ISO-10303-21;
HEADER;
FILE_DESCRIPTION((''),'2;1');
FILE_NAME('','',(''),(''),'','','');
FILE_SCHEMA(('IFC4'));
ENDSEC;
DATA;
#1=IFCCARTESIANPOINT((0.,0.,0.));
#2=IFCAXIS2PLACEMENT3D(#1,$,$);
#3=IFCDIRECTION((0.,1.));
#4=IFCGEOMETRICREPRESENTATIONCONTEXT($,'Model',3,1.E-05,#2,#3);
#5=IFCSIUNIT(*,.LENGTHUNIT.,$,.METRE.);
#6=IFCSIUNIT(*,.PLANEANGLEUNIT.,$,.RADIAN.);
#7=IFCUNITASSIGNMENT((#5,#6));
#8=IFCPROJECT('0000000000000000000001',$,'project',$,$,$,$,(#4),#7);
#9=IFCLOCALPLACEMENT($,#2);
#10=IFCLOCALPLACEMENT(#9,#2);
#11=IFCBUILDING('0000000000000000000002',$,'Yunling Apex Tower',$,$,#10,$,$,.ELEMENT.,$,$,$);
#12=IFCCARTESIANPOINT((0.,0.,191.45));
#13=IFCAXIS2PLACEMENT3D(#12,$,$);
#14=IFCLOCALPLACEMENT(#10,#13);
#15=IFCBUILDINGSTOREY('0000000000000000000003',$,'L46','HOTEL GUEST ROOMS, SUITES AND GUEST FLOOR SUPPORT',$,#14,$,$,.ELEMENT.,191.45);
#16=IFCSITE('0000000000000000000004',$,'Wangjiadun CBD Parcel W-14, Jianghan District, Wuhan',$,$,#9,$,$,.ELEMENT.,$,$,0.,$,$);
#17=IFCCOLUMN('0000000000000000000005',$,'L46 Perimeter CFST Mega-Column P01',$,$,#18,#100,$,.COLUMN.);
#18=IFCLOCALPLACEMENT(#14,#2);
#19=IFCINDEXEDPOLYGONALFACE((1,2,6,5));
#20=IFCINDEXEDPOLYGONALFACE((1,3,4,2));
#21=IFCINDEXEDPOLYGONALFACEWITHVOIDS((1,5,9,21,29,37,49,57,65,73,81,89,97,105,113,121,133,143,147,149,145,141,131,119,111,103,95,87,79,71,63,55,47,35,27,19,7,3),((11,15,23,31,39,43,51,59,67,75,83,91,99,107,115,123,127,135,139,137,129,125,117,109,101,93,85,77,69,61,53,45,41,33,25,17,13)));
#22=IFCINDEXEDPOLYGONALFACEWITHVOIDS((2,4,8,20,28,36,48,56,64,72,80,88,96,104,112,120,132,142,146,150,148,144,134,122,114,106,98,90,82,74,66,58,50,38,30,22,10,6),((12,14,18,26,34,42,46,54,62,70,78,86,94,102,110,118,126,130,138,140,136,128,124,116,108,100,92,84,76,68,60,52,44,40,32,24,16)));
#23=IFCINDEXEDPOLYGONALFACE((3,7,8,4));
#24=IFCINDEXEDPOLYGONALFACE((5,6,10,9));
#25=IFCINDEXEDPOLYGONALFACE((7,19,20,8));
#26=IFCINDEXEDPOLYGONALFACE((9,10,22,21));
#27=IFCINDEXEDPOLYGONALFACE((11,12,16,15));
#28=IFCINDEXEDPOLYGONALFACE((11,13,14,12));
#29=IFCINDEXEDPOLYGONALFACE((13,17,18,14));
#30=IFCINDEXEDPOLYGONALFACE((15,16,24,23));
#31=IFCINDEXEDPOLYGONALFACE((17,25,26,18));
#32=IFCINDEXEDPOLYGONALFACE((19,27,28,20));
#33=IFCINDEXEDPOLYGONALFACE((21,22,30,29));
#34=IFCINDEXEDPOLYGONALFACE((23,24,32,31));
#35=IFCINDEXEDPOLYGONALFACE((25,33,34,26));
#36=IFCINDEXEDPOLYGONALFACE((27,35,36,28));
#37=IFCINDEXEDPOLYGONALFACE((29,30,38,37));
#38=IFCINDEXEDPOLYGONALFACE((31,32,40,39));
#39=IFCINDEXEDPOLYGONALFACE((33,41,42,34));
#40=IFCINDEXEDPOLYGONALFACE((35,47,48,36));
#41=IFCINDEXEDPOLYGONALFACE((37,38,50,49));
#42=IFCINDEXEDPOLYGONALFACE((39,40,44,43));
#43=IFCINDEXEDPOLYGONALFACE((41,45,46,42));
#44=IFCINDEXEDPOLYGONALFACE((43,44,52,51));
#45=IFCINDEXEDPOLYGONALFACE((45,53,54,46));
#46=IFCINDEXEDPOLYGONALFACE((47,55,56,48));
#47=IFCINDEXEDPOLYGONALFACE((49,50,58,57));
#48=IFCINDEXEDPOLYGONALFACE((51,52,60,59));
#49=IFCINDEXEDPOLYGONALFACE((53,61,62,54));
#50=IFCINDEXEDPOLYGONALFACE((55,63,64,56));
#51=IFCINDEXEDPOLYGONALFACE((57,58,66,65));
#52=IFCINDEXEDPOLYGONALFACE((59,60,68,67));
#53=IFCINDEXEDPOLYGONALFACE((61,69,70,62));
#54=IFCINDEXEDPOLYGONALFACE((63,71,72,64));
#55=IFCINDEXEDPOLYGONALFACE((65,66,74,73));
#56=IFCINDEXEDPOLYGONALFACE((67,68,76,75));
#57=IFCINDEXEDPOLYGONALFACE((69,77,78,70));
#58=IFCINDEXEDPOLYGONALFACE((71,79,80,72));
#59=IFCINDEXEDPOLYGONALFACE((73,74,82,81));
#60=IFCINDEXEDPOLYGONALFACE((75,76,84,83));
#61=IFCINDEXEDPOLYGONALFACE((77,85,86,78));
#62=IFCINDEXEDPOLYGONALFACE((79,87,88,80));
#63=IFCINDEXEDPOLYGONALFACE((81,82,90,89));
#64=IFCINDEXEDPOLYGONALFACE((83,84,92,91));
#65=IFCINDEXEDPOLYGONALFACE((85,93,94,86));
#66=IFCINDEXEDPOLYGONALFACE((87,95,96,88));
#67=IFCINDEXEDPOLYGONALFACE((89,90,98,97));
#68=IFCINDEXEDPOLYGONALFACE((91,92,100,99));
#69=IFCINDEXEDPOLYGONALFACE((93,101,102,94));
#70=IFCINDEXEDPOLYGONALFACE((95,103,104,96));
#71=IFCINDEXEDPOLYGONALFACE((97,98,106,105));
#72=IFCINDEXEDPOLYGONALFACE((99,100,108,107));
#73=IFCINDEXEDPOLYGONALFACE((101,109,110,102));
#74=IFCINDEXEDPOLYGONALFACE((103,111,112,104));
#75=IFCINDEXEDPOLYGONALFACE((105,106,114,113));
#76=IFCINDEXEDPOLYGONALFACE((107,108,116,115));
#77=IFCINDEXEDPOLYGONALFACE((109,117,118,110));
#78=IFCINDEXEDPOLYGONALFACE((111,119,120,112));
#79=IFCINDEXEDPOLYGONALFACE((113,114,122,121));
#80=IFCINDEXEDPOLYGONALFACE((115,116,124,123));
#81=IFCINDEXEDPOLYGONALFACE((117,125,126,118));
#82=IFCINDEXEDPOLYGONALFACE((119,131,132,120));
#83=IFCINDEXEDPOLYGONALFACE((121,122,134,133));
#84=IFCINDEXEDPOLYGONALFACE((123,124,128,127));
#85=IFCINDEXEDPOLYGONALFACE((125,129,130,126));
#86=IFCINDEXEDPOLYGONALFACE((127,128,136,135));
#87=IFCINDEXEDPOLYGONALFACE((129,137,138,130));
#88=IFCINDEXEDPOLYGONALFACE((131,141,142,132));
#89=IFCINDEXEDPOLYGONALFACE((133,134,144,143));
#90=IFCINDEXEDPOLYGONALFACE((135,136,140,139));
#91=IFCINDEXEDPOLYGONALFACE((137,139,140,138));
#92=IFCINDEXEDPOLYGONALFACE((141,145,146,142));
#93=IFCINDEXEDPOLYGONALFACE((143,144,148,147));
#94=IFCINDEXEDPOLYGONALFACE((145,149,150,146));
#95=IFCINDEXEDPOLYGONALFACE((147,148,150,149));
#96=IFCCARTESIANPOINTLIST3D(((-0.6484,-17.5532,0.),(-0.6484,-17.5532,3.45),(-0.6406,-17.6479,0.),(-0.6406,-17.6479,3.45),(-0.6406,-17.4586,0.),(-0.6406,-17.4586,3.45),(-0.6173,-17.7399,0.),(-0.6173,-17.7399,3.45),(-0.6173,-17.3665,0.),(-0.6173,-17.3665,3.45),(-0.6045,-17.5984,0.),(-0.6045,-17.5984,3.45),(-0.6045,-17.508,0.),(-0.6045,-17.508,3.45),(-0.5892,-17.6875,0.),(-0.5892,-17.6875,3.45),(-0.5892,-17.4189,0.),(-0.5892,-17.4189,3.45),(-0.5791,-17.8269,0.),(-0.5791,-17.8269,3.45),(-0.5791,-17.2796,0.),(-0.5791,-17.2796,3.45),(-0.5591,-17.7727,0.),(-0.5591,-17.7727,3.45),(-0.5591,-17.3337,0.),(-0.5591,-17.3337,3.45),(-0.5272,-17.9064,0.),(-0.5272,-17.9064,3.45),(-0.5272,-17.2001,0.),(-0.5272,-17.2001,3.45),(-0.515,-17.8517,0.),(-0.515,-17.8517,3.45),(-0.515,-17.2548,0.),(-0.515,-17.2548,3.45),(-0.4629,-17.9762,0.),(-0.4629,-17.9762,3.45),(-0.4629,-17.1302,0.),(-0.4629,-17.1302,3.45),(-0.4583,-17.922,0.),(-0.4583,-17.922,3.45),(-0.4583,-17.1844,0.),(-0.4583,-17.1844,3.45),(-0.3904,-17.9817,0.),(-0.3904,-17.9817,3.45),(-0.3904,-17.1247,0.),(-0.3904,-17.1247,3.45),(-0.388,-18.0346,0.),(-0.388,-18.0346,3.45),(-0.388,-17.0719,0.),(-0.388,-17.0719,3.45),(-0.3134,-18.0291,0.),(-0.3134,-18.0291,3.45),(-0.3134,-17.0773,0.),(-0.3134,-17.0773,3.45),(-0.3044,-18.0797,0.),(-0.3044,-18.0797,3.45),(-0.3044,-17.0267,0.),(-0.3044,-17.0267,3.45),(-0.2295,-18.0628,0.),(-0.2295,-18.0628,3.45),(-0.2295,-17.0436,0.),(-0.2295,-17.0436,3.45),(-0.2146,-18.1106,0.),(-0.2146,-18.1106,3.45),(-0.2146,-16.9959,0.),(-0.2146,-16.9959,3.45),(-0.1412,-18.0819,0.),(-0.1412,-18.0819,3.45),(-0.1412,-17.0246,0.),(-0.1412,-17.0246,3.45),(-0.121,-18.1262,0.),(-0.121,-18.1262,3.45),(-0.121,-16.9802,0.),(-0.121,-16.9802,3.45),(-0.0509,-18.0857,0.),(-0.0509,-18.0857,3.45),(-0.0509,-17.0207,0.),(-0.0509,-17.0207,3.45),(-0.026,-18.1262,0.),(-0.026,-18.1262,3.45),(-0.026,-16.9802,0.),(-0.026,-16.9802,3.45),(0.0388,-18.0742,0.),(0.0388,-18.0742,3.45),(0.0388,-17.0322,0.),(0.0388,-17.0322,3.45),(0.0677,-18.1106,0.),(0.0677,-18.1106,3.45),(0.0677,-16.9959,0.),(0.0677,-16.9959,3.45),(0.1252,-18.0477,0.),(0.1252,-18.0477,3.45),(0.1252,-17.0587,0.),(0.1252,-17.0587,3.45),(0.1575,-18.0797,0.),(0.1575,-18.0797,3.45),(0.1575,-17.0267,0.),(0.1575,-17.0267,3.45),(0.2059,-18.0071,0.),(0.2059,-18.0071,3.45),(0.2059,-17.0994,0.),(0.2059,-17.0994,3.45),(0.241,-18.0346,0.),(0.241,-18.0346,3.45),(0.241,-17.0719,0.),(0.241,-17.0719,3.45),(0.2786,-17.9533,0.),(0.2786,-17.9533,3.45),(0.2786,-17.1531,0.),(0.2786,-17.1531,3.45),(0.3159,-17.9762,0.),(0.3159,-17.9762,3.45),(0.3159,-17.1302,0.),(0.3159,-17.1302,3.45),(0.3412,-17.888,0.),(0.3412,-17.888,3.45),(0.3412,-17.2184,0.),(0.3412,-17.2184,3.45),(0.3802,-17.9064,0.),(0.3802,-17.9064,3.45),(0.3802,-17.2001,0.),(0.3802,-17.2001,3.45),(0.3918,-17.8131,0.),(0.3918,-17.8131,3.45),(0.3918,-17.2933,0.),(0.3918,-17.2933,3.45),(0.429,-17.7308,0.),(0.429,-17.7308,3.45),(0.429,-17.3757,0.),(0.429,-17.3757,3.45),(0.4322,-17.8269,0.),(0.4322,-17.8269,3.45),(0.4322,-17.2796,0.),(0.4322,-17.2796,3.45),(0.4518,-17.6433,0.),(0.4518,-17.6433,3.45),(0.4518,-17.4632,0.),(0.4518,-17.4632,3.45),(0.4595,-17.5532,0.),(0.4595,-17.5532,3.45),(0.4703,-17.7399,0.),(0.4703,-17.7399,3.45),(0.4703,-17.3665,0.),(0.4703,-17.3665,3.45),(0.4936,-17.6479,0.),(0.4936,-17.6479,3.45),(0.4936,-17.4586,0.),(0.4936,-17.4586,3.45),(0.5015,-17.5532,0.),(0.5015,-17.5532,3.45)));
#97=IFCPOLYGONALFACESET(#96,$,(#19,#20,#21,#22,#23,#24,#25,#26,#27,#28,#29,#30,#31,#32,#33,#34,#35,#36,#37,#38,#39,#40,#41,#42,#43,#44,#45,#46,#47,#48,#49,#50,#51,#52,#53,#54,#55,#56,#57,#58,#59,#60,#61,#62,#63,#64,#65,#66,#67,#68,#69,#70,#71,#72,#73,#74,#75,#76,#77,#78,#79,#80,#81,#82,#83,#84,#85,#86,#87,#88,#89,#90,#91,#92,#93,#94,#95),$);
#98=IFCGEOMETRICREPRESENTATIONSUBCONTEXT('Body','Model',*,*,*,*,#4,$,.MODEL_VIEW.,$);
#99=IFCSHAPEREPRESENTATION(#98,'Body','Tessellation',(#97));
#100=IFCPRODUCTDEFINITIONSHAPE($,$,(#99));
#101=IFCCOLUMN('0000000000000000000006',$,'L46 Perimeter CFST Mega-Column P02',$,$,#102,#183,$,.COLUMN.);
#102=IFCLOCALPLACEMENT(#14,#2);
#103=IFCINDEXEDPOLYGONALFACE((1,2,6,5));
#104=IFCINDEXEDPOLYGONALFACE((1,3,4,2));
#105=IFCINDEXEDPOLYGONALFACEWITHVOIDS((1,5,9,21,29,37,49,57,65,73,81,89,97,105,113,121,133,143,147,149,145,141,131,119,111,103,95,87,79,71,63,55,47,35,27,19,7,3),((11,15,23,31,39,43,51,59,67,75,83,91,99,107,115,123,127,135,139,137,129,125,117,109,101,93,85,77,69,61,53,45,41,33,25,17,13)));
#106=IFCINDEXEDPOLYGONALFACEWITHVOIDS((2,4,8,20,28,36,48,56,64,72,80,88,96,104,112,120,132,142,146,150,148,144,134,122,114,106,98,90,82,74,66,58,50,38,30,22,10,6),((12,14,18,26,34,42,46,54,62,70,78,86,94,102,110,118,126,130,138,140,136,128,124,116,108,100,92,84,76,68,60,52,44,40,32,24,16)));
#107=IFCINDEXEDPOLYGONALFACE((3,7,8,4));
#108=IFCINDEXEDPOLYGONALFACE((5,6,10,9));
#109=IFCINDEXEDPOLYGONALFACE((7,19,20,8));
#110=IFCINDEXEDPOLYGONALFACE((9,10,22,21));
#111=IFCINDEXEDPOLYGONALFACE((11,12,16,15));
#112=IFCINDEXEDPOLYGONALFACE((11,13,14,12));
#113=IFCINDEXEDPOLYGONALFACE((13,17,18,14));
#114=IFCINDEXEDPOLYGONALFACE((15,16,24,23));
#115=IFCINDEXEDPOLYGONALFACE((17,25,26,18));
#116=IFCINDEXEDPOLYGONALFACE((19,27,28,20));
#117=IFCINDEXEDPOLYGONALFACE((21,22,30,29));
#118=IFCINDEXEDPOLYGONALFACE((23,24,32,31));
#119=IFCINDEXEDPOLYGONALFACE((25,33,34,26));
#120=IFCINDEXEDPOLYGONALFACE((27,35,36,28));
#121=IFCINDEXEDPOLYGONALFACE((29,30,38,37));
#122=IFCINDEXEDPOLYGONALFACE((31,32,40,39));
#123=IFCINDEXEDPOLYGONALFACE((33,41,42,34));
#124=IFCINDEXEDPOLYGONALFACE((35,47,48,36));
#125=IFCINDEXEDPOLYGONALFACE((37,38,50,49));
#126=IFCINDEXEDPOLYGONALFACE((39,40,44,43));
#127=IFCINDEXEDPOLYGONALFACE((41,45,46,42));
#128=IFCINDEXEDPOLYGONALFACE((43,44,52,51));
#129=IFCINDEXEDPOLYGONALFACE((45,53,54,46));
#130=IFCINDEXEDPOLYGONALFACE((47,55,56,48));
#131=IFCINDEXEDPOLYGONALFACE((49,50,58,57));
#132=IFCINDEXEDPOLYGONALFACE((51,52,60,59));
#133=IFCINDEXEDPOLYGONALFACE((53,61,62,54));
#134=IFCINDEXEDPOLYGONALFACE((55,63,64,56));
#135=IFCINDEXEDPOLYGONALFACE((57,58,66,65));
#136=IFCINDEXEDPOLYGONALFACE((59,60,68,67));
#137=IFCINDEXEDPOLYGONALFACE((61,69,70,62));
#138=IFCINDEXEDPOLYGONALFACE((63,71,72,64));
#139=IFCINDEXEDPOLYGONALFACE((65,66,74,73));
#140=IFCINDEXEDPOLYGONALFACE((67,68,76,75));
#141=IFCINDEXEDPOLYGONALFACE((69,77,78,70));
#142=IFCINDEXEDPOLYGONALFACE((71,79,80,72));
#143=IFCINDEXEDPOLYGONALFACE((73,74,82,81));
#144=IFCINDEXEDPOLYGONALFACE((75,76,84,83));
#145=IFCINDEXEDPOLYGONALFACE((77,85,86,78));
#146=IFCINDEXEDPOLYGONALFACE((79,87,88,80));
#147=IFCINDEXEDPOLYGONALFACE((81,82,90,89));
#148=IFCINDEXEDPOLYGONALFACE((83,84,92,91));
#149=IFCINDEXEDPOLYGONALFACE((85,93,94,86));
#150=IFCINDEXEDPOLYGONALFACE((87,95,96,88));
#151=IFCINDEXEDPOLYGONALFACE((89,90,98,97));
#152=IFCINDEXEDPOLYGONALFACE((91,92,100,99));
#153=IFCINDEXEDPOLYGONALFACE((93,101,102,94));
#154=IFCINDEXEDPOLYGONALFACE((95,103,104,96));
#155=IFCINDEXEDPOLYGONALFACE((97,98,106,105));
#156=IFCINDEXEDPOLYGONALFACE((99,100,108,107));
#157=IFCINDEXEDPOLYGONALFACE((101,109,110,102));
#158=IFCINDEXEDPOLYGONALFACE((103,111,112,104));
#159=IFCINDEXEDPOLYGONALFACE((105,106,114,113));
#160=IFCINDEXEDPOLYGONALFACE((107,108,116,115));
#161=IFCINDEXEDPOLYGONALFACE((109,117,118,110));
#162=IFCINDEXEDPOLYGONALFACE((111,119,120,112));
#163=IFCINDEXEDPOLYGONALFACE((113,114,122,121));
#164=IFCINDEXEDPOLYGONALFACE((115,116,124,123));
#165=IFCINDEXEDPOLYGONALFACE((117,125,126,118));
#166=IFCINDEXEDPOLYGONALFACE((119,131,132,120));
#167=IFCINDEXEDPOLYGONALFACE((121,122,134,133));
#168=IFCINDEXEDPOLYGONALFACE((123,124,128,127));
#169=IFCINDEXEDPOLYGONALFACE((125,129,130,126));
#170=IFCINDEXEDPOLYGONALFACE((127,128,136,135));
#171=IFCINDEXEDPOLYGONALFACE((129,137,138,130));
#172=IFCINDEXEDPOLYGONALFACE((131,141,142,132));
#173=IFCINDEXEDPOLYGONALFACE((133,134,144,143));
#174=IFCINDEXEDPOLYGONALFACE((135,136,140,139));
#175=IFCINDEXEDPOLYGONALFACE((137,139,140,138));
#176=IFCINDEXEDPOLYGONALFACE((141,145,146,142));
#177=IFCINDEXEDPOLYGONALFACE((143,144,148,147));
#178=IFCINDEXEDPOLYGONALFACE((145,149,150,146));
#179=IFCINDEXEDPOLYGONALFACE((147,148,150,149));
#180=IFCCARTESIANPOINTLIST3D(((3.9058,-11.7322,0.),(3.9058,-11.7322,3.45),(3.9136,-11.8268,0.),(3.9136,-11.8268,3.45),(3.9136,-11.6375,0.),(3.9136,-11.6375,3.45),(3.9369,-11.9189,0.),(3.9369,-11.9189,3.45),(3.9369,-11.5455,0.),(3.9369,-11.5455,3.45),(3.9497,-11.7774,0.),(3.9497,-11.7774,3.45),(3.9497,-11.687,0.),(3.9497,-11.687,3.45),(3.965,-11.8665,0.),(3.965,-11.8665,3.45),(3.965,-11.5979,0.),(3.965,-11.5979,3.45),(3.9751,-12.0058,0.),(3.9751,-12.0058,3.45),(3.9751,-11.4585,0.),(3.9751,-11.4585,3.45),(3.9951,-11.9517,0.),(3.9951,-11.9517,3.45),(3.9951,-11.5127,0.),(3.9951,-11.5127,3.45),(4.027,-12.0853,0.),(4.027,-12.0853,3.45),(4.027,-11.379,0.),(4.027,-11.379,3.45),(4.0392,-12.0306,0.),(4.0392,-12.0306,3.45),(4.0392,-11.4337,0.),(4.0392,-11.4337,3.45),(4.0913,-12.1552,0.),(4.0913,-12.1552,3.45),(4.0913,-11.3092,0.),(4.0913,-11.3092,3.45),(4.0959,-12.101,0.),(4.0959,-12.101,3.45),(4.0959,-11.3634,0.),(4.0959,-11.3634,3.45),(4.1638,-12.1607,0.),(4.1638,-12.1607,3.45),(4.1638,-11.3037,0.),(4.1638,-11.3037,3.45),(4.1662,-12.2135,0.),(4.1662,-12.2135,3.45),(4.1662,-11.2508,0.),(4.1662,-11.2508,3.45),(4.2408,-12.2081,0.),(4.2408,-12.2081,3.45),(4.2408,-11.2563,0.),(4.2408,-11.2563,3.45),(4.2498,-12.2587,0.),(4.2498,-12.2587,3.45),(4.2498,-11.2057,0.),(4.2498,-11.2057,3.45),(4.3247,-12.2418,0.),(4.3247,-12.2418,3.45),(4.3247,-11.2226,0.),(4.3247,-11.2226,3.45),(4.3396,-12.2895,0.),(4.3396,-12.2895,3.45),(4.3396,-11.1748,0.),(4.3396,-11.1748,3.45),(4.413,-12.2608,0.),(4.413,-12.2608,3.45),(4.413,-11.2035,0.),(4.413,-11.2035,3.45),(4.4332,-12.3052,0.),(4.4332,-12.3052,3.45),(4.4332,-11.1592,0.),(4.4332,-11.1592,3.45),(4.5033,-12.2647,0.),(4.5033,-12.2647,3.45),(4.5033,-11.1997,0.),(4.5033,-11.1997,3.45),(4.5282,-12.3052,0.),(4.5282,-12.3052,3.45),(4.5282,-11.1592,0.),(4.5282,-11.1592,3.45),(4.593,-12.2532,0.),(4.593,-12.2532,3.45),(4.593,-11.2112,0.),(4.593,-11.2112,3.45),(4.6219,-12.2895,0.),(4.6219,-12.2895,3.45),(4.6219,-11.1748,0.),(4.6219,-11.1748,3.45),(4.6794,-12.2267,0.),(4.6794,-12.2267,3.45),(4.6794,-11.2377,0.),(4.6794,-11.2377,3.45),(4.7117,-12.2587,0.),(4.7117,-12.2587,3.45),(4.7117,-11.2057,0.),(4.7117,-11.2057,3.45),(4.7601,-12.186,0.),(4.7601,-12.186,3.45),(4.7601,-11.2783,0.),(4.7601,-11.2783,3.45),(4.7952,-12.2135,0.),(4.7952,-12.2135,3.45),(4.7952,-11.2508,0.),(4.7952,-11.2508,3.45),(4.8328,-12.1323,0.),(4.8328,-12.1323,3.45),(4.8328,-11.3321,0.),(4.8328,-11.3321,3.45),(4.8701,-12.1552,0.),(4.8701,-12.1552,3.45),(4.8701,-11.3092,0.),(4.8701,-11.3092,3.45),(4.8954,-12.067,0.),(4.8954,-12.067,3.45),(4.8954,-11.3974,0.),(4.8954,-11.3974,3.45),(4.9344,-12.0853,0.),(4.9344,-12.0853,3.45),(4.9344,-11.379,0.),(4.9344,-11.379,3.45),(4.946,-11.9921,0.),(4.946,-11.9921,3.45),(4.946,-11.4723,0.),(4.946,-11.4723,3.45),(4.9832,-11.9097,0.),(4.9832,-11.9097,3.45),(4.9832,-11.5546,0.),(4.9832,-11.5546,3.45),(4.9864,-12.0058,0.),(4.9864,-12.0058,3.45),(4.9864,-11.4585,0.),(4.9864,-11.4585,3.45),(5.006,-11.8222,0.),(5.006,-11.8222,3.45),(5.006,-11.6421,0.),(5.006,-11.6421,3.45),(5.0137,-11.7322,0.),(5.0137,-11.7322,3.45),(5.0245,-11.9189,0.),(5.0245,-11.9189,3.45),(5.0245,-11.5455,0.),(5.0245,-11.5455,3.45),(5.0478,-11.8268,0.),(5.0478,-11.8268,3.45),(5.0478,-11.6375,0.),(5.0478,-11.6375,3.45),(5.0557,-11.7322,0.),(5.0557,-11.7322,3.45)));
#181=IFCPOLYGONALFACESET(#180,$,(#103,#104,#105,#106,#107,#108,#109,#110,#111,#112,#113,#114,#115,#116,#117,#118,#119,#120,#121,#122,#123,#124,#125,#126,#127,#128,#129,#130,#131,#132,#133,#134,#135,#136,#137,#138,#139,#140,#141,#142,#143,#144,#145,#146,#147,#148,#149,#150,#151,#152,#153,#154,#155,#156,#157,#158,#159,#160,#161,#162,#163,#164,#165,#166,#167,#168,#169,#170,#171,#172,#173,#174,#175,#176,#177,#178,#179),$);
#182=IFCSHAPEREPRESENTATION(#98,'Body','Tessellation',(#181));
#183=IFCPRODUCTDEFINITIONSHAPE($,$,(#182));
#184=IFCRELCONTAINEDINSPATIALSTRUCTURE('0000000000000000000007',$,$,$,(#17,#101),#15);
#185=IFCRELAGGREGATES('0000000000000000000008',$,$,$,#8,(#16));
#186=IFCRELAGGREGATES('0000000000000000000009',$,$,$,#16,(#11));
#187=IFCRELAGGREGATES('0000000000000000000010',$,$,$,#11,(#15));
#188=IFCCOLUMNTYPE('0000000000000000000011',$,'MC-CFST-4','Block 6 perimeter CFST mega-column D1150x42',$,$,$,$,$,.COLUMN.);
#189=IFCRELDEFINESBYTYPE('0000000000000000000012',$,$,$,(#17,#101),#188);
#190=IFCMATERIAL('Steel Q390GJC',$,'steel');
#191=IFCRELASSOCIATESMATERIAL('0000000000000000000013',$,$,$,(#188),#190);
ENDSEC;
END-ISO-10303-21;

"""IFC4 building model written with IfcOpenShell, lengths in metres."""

from ifc_helpers import new_model, si_unit, direction, frame, origin, origin_2d, place, context, subcontext, project, spatial, hollow_circle, extrude, source, transform, mapped, material, material_profile, profile_set, type_object, element, save


model = new_model("IFC4")

# Units and contexts
model_context = context("Model", 3, precision=1e-05, world=origin(), true_north=direction((0.0, 1.0)))
body_context = subcontext(model_context, "Body", "Model", "MODEL_VIEW")
ifc_project = project(units=[si_unit("LENGTHUNIT", "METRE"), si_unit("PLANEANGLEUNIT", "RADIAN")], contexts=[model_context])

# Site, building, storey
site_placement = place(None, origin())
site = spatial("IfcSite", under=ifc_project, at=site_placement, Name="Wangjiadun CBD Parcel W-14, Jianghan District, Wuhan", CompositionType="ELEMENT", RefElevation=0.0)
building_placement = place(site_placement, origin())
building = spatial("IfcBuilding", under=site, at=building_placement, Name="Yunling Apex Tower", CompositionType="ELEMENT")
storey_placement = place(building_placement, frame((0.0, 0.0, 191.45)))
storey = spatial("IfcBuildingStorey", under=building, at=storey_placement, Name="L46", Description="HOTEL GUEST ROOMS, SUITES AND GUEST FLOOR SUPPORT", CompositionType="ELEMENT", Elevation=191.45)

# Columns
ifc_material_1 = material(Name="Steel Q390GJC", Category="steel")
ifc_material_profile_1 = material_profile(ifc_material_1, hollow_circle(Radius=0.575, WallThickness=0.042, at=origin_2d()))
ifc_profile_set_1 = profile_set([ifc_material_profile_1], Name="Steel Q390GJC")
column_type = type_object("IfcColumnType", Name="MC-CFST-4", Description="Block 6 perimeter CFST mega-column D1150x42", PredefinedType="COLUMN", material=ifc_profile_set_1)
shared_shape_1 = source(origin(), body_context, "Body", "SweptSolid", [
    extrude(hollow_circle(Radius=0.575, WallThickness=0.042, at=origin_2d()), origin(), (0.0, 0.0, 1.0), 3.45),
])
for number, where, z_axis, x_axis, name in (
    (1, (-0.0735, -17.5532, 0.0), (0.0, 0.0, 1.0), (1.0, 0.0, 0.0), "L46 Perimeter CFST Mega-Column P01"),
    (2, (4.4807, -11.7322, 0.0), (0.0, 0.0, 1.0), (1.0, 0.0, 0.0), "L46 Perimeter CFST Mega-Column P02"),
):
    element("IfcColumn", number, at=place(storey_placement, frame(where, z_axis=z_axis, x_axis=x_axis)), inside=storey, type_object=column_type, Name=name, PredefinedType="COLUMN", context=body_context, shape_type="MappedRepresentation", body=[
        mapped(shared_shape_1, transform((0.0, 0.0, 0.0), scale=1.0)),
    ])

save(model, "model.ifc")
